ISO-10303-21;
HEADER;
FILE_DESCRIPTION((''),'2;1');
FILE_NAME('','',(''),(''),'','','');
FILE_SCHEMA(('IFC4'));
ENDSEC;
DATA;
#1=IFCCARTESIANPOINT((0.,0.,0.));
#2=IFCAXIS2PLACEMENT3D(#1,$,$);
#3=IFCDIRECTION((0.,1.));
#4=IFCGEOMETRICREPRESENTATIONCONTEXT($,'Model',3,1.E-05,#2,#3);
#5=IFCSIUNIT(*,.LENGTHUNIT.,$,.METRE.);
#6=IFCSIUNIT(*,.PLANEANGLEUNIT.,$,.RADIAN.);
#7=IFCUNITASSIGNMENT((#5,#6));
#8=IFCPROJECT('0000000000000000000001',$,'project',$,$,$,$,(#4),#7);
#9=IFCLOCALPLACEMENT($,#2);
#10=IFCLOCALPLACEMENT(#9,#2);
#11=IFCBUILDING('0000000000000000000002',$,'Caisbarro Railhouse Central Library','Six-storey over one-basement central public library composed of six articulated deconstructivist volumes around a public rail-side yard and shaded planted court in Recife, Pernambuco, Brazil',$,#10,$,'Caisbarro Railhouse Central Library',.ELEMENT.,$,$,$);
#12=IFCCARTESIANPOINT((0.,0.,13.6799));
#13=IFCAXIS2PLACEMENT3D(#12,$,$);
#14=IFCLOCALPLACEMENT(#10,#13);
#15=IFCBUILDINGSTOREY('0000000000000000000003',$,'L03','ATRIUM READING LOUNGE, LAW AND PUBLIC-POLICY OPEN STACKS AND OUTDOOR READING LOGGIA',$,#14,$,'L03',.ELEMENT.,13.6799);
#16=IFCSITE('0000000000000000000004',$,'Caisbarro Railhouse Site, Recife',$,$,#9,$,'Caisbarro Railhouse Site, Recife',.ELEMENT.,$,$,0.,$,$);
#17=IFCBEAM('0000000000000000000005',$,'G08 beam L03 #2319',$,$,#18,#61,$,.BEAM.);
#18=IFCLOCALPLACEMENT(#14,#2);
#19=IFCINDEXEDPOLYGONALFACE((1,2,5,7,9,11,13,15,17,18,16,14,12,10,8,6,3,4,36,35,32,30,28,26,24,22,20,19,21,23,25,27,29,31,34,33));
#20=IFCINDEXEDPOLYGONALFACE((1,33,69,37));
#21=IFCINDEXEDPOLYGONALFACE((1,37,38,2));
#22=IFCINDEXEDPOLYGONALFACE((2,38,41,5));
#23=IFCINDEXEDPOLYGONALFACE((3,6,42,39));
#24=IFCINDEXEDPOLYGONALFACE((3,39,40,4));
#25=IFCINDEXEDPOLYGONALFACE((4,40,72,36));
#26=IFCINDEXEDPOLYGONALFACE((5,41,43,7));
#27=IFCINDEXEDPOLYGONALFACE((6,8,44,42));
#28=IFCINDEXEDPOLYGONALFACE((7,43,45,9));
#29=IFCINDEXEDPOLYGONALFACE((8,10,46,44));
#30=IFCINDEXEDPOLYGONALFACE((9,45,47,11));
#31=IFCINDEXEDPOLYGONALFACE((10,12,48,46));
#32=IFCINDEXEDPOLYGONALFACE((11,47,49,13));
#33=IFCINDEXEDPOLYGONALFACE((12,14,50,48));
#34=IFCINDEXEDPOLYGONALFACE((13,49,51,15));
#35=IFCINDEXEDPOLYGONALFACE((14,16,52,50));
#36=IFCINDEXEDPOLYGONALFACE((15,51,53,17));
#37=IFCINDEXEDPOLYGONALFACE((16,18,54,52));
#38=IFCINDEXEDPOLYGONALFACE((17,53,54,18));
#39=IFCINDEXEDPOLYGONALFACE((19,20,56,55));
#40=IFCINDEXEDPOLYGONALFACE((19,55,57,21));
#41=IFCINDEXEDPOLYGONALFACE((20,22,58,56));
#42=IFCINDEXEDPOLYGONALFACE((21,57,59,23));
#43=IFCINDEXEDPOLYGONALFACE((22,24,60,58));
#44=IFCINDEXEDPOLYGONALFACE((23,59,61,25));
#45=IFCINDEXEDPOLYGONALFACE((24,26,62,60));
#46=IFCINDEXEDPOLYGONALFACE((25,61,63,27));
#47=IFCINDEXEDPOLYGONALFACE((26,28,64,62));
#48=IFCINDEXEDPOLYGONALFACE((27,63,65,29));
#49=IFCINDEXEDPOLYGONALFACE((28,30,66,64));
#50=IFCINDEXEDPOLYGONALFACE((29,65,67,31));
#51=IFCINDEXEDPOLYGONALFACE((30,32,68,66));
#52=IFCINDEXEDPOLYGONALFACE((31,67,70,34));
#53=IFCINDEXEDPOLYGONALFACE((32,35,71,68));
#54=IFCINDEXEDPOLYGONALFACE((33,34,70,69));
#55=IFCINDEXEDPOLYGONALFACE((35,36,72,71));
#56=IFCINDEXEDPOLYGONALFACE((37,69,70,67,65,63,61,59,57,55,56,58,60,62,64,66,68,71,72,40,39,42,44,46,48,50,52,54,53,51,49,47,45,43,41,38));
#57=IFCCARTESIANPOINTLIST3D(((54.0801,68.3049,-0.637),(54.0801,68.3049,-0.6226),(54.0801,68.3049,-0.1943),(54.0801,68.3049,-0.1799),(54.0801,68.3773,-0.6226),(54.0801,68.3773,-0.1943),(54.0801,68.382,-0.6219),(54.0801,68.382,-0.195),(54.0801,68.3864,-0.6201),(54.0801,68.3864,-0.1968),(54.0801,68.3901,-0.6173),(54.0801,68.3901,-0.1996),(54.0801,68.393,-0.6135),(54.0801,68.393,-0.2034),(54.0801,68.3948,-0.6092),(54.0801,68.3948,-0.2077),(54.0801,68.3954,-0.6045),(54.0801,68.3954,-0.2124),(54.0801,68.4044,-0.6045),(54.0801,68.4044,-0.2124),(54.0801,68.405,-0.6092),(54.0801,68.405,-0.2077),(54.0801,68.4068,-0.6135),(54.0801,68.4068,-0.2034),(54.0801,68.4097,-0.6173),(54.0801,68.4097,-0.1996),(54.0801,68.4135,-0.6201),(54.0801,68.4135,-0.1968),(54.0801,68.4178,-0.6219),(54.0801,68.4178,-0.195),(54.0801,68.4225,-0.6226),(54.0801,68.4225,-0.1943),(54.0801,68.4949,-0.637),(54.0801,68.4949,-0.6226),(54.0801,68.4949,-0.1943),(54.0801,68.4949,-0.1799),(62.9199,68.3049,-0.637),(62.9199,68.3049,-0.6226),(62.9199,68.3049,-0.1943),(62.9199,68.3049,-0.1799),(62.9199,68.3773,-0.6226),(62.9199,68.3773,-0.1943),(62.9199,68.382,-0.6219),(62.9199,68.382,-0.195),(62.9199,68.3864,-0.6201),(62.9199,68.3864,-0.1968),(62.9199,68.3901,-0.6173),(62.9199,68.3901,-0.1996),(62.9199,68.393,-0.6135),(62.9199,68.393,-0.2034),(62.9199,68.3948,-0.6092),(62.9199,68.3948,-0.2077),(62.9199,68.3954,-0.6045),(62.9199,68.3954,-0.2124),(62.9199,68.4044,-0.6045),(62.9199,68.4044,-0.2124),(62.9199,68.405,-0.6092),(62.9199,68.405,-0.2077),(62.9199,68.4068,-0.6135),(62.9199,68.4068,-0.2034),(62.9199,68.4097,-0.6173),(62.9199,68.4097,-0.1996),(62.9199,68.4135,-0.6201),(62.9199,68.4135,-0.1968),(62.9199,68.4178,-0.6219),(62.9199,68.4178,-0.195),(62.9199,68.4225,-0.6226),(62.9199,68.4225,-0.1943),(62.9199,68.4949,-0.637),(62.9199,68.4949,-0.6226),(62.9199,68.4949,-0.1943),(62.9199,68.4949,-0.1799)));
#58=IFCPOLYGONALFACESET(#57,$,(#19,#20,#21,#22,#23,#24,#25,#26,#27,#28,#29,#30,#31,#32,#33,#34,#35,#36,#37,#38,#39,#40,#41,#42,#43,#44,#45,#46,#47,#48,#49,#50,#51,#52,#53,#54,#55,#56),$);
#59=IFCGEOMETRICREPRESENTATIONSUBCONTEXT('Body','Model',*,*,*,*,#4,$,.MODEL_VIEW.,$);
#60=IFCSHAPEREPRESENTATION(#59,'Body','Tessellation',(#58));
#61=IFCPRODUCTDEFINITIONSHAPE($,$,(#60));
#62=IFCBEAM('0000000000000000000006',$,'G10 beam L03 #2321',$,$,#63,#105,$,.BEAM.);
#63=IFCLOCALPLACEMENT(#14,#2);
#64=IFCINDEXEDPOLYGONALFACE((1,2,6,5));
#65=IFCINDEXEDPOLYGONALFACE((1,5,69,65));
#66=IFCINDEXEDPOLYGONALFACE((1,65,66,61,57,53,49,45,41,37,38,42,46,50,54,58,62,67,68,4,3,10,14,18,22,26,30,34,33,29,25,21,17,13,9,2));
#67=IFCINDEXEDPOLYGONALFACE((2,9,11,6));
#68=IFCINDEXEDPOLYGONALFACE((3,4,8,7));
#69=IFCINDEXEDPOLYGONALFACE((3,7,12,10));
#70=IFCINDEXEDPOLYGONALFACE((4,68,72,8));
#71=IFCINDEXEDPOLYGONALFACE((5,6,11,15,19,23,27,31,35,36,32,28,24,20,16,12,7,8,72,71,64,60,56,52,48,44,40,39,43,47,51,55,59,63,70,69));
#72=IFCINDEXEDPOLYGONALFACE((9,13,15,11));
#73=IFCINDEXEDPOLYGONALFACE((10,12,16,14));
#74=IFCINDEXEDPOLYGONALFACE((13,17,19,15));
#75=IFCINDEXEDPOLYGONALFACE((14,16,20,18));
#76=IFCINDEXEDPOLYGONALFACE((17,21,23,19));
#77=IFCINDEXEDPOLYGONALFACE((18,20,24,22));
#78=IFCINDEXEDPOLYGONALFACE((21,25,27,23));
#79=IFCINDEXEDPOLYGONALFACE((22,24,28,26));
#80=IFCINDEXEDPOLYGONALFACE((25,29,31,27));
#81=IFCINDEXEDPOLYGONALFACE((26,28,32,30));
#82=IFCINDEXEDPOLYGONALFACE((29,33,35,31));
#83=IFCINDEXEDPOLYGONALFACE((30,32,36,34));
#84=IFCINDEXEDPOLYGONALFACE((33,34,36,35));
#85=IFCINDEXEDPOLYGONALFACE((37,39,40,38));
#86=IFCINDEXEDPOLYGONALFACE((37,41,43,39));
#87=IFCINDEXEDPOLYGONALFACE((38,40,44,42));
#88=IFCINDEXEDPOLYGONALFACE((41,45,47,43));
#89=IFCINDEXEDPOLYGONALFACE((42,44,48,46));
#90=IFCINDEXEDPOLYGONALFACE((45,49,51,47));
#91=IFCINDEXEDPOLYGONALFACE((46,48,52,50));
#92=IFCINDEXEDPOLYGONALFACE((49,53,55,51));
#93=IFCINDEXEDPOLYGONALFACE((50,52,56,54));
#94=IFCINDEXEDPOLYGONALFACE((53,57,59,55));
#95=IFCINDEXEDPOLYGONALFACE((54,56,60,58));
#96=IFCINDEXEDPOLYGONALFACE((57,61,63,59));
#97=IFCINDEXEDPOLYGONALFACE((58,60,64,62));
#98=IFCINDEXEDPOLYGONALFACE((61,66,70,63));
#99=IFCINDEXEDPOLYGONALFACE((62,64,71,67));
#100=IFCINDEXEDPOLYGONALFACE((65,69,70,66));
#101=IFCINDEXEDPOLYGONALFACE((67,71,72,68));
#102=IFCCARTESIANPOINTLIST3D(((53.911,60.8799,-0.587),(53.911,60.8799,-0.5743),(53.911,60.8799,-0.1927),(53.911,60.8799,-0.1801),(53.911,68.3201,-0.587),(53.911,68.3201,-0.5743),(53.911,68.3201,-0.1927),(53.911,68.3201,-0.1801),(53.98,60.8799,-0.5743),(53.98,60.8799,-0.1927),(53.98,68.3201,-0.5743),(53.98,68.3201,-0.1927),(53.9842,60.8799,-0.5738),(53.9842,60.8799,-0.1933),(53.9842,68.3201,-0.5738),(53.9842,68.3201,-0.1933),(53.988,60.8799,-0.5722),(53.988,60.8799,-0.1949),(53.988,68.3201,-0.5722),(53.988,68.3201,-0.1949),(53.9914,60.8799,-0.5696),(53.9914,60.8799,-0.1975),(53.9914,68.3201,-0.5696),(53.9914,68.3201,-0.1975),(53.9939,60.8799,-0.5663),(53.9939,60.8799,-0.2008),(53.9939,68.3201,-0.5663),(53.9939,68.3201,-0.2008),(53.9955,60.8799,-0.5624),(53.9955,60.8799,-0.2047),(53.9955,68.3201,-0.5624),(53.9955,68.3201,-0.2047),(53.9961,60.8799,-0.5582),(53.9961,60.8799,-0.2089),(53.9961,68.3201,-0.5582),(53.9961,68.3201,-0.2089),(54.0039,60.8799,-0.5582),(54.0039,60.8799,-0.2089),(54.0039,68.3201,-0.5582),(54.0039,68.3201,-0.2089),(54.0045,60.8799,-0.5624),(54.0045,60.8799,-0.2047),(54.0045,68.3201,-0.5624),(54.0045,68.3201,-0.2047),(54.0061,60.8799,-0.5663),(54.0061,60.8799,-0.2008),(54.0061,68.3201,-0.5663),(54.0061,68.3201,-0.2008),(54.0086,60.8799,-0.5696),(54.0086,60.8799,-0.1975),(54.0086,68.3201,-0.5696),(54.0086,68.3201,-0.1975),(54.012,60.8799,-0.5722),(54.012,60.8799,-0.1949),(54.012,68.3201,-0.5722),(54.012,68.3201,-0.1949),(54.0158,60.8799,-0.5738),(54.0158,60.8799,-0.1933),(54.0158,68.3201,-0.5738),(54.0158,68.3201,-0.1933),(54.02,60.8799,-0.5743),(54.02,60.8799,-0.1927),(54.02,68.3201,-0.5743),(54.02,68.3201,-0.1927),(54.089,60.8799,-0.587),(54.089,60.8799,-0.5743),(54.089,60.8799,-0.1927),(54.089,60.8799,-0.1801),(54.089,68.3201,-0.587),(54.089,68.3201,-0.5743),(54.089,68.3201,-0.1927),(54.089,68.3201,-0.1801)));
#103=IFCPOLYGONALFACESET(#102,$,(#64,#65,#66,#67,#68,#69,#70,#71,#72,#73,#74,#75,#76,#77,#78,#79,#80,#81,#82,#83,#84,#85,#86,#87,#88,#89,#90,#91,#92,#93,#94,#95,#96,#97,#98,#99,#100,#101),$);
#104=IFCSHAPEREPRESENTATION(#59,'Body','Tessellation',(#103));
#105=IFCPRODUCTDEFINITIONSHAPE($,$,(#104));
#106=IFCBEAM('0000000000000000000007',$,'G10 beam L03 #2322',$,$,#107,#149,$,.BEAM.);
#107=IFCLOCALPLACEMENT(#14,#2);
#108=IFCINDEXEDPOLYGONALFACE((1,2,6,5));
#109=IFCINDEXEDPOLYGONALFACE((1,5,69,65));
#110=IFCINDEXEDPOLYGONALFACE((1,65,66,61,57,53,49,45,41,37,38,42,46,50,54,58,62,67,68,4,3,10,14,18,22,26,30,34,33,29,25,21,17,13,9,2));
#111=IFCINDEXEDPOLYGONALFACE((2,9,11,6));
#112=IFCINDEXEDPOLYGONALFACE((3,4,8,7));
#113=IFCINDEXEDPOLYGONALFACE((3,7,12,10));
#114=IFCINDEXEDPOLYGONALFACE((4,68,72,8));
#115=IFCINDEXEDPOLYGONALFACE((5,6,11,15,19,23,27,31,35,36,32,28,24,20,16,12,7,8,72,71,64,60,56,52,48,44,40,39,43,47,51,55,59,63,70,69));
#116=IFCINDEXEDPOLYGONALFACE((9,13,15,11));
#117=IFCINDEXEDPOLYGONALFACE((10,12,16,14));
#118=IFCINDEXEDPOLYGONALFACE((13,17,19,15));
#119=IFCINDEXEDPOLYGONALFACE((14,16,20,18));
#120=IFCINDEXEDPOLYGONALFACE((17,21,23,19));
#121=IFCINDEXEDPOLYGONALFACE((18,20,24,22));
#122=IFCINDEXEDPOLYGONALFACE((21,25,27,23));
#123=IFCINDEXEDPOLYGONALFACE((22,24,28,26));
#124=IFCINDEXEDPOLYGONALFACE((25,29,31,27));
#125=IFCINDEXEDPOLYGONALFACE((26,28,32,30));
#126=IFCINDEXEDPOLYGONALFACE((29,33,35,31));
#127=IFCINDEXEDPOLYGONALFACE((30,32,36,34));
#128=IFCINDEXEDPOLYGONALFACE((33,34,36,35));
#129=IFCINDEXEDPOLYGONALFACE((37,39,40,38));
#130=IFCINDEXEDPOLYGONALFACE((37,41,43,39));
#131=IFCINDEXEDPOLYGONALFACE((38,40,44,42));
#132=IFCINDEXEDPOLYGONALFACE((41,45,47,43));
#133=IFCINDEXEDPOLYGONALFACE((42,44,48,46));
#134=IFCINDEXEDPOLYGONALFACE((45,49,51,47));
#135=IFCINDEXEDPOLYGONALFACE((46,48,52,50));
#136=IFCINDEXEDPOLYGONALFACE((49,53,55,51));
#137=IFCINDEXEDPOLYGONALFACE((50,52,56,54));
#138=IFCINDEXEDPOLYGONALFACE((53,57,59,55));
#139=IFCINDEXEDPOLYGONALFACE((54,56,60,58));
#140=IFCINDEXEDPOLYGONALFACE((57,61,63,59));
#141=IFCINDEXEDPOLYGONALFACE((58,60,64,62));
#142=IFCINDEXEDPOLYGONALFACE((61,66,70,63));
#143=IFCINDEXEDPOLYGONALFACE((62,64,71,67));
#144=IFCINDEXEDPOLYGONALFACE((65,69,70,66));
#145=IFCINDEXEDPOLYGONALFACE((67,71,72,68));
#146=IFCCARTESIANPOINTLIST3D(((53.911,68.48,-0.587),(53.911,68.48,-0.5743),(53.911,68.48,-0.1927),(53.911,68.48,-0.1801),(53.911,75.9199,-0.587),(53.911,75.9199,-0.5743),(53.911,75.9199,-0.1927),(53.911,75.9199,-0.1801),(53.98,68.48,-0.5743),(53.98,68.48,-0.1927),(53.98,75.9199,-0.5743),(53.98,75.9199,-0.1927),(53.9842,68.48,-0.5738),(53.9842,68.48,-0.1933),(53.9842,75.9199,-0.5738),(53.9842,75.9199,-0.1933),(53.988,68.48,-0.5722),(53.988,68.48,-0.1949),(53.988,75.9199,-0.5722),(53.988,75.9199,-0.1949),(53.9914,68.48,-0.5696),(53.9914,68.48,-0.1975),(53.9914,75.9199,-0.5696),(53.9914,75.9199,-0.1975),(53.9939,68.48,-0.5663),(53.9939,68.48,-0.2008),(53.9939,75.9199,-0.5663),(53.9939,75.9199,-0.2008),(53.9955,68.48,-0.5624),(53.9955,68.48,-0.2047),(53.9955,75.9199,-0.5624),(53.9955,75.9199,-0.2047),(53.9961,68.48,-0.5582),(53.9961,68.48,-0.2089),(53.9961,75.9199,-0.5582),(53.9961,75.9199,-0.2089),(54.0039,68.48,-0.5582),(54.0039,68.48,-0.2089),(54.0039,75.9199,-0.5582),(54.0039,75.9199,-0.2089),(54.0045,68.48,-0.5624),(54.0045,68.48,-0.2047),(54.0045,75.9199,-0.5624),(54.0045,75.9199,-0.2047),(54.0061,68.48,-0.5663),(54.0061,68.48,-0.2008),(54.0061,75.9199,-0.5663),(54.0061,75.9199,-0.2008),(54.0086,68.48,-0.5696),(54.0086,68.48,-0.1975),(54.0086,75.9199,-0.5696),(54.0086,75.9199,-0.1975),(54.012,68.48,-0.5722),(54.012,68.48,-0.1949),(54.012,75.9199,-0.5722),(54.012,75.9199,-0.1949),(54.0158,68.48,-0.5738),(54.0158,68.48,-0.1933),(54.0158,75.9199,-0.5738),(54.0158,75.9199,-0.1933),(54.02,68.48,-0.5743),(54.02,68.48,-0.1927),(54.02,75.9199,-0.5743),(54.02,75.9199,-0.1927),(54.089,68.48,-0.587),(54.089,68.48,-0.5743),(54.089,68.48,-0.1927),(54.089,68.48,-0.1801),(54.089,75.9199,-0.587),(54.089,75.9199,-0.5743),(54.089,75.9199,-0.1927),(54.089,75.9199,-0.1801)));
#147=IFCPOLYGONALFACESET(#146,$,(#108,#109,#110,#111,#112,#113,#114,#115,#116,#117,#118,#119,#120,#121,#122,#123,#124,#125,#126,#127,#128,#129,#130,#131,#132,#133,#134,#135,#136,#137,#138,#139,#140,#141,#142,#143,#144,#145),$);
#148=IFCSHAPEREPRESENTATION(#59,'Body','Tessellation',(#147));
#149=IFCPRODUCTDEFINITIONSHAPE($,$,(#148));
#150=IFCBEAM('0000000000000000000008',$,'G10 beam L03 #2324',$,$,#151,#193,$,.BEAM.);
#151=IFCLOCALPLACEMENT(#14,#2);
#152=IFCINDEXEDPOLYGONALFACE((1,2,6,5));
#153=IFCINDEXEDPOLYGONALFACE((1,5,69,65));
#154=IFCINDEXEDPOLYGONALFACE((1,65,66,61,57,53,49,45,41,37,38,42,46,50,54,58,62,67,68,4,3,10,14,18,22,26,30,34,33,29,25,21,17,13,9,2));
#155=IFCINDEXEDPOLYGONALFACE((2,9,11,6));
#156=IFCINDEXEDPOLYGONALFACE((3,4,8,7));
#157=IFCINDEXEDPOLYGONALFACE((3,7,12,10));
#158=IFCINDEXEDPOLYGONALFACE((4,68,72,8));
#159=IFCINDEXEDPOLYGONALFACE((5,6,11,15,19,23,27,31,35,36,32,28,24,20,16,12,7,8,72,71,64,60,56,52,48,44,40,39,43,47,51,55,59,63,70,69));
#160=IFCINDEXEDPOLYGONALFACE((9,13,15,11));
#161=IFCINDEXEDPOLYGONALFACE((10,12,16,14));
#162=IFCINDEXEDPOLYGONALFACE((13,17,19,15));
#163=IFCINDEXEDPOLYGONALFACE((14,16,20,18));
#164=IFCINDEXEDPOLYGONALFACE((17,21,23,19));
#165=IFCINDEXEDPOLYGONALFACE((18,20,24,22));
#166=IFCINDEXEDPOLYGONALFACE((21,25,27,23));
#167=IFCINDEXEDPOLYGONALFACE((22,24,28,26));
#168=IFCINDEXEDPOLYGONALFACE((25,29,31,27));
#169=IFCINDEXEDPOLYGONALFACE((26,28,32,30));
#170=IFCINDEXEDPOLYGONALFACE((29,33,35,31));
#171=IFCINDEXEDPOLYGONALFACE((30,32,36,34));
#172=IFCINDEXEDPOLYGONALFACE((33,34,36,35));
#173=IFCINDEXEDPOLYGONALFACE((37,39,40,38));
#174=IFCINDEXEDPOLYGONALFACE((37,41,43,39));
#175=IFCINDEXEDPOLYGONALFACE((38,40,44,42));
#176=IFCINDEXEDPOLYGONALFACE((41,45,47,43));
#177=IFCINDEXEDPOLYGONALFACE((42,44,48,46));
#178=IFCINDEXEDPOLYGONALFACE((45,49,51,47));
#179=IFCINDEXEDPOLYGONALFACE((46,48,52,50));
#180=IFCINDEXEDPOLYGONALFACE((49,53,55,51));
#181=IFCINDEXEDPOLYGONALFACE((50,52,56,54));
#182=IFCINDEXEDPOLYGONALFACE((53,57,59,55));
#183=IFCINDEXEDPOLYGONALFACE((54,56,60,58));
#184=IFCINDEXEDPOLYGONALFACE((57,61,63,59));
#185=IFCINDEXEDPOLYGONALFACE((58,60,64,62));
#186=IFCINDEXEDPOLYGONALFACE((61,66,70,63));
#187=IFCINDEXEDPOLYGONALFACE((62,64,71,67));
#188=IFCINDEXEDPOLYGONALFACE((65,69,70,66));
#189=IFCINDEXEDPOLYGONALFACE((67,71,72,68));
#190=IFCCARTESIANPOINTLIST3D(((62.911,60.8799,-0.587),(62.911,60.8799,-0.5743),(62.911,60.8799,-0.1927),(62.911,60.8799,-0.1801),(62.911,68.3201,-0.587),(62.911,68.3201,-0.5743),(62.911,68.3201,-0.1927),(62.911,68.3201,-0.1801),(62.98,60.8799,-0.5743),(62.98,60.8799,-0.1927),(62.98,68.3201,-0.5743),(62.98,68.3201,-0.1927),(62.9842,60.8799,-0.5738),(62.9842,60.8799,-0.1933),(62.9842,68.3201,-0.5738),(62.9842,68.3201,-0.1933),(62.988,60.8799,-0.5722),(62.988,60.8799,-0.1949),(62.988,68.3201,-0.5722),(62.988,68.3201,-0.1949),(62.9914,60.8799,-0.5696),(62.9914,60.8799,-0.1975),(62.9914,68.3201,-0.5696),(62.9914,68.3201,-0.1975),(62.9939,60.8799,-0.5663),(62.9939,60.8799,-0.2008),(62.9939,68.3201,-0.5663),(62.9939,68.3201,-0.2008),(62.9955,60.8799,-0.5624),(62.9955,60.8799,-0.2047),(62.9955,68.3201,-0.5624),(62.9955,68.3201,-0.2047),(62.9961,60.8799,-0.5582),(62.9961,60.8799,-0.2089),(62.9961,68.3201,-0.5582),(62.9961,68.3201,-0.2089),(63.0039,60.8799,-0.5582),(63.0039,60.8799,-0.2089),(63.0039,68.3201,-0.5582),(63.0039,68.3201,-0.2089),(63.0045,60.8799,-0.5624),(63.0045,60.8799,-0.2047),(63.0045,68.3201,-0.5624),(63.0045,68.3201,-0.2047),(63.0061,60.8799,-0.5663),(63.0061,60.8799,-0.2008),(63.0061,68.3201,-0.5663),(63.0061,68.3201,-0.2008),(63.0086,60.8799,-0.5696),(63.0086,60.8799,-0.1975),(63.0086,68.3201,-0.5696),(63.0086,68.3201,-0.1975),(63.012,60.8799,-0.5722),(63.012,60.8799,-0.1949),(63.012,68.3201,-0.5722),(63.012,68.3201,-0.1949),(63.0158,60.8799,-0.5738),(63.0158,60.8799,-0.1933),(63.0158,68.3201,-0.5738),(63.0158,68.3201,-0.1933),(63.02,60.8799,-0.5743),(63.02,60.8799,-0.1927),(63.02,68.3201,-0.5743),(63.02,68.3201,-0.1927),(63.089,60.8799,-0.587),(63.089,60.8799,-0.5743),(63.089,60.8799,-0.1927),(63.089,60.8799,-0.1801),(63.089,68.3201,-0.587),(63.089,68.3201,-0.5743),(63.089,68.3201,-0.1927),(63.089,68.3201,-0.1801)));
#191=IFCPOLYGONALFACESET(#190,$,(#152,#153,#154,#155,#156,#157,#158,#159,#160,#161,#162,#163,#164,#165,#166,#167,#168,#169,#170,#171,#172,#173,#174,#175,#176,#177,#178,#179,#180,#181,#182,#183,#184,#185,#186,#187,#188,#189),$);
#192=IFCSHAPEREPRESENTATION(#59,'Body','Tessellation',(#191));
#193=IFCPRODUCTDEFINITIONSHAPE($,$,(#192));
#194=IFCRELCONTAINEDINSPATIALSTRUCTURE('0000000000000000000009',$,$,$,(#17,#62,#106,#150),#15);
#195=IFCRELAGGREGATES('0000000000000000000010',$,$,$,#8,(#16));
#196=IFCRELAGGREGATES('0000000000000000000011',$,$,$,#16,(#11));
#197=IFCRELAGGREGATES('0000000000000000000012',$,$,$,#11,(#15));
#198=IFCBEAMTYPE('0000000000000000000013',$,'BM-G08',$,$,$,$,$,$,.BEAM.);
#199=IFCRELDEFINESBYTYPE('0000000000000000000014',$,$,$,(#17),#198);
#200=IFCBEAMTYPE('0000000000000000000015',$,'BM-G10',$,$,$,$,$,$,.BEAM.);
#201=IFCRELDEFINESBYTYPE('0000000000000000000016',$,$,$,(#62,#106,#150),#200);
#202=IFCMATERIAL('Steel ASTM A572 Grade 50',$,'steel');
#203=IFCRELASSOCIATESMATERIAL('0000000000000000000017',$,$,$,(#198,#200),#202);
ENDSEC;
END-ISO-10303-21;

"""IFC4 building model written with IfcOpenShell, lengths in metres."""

from ifc_helpers import new_model, si_unit, direction, frame, origin, origin_2d, place, context, subcontext, project, spatial, i_section, extrude, material, material_profile, profile_set, type_object, element, save


model = new_model("IFC4")

# Units and contexts
model_context = context("Model", 3, precision=1e-05, world=origin(), true_north=direction((0.0, 1.0)))
body_context = subcontext(model_context, "Body", "Model", "MODEL_VIEW")
ifc_project = project(units=[si_unit("LENGTHUNIT", "METRE"), si_unit("PLANEANGLEUNIT", "RADIAN")], contexts=[model_context])

# Site, building, storey
site_placement = place(None, origin())
site = spatial("IfcSite", under=ifc_project, at=site_placement, Name="Caisbarro Railhouse Site, Recife", LongName="Caisbarro Railhouse Site, Recife", CompositionType="ELEMENT", RefElevation=0.0)
building_placement = place(site_placement, origin())
building = spatial("IfcBuilding", under=site, at=building_placement, Name="Caisbarro Railhouse Central Library", Description="Six-storey over one-basement central public library composed of six articulated deconstructivist volumes around a public rail-side yard and shaded planted court in Recife, Pernambuco, Brazil", LongName="Caisbarro Railhouse Central Library", CompositionType="ELEMENT")
storey_placement = place(building_placement, frame((0.0, 0.0, 13.6799)))
storey = spatial("IfcBuildingStorey", under=building, at=storey_placement, Name="L03", Description="ATRIUM READING LOUNGE, LAW AND PUBLIC-POLICY OPEN STACKS AND OUTDOOR READING LOGGIA", LongName="L03", CompositionType="ELEMENT", Elevation=13.6799)

# Shared definitions
ifc_material_1 = material(Name="Steel ASTM A572 Grade 50", Category="steel")

# Beams
ifc_material_profile_1 = material_profile(ifc_material_1, i_section(OverallWidth=0.1899, OverallDepth=0.457, WebThickness=0.009, FlangeThickness=0.0144, FilletRadius=0.0181, at=origin_2d()), Name="W460X74.0")
ifc_profile_set_1 = profile_set([ifc_material_profile_1], Name="Steel ASTM A572 Grade 50")
beam_type_1 = type_object("IfcBeamType", Name="BM-G08", PredefinedType="BEAM", material=ifc_profile_set_1)
beam_1_placement = place(storey_placement, frame((54.0801, 68.3999, -0.4084), z_axis=(1.0, 0.0, 0.0), x_axis=(0.0, 1.0, 0.0)))
element("IfcBeam", 1, at=beam_1_placement, inside=storey, type_object=beam_type_1, Name="G08 beam L03 #2319", PredefinedType="BEAM", context=body_context, shape_type="SweptSolid", body=[
    extrude(i_section(OverallWidth=0.1899, OverallDepth=0.457, WebThickness=0.009, FlangeThickness=0.0144, FilletRadius=0.0181, at=origin_2d()), origin(), (0.0, 0.0, 1.0), 8.8398),
])
ifc_material_profile_2 = material_profile(ifc_material_1, i_section(OverallWidth=0.178, OverallDepth=0.407, WebThickness=0.0078, FlangeThickness=0.0127, FilletRadius=0.0161, at=origin_2d()), Name="W410X60.0")
ifc_profile_set_2 = profile_set([ifc_material_profile_2], Name="Steel ASTM A572 Grade 50")
beam_type_2 = type_object("IfcBeamType", Name="BM-G10", PredefinedType="BEAM", material=ifc_profile_set_2)
beam_2_placement = place(storey_placement, frame((54.0, 60.8799, -0.3835), z_axis=(0.0, 1.0, 0.0), x_axis=(-1.0, 0.0, 0.0)))
element("IfcBeam", 2, at=beam_2_placement, inside=storey, type_object=beam_type_2, Name="G10 beam L03 #2321", PredefinedType="BEAM", context=body_context, shape_type="SweptSolid", body=[
    extrude(i_section(OverallWidth=0.178, OverallDepth=0.407, WebThickness=0.0078, FlangeThickness=0.0127, FilletRadius=0.0161, at=origin_2d()), origin(), (0.0, 0.0, 1.0), 7.4402),
])
beam_3_placement = place(storey_placement, frame((54.0, 68.48, -0.3835), z_axis=(0.0, 1.0, 0.0), x_axis=(-1.0, 0.0, 0.0)))
element("IfcBeam", 3, at=beam_3_placement, inside=storey, type_object=beam_type_2, Name="G10 beam L03 #2322", PredefinedType="BEAM", context=body_context, shape_type="SweptSolid", body=[
    extrude(i_section(OverallWidth=0.178, OverallDepth=0.407, WebThickness=0.0078, FlangeThickness=0.0127, FilletRadius=0.0161, at=origin_2d()), origin(), (0.0, 0.0, 1.0), 7.4399),
])
beam_4_placement = place(storey_placement, frame((63.0, 60.8799, -0.3835), z_axis=(0.0, 1.0, 0.0), x_axis=(-1.0, 0.0, 0.0)))
element("IfcBeam", 4, at=beam_4_placement, inside=storey, type_object=beam_type_2, Name="G10 beam L03 #2324", PredefinedType="BEAM", context=body_context, shape_type="SweptSolid", body=[
    extrude(i_section(OverallWidth=0.178, OverallDepth=0.407, WebThickness=0.0078, FlangeThickness=0.0127, FilletRadius=0.0161, at=origin_2d()), origin(), (0.0, 0.0, 1.0), 7.4402),
])

save(model, "model.ifc")
